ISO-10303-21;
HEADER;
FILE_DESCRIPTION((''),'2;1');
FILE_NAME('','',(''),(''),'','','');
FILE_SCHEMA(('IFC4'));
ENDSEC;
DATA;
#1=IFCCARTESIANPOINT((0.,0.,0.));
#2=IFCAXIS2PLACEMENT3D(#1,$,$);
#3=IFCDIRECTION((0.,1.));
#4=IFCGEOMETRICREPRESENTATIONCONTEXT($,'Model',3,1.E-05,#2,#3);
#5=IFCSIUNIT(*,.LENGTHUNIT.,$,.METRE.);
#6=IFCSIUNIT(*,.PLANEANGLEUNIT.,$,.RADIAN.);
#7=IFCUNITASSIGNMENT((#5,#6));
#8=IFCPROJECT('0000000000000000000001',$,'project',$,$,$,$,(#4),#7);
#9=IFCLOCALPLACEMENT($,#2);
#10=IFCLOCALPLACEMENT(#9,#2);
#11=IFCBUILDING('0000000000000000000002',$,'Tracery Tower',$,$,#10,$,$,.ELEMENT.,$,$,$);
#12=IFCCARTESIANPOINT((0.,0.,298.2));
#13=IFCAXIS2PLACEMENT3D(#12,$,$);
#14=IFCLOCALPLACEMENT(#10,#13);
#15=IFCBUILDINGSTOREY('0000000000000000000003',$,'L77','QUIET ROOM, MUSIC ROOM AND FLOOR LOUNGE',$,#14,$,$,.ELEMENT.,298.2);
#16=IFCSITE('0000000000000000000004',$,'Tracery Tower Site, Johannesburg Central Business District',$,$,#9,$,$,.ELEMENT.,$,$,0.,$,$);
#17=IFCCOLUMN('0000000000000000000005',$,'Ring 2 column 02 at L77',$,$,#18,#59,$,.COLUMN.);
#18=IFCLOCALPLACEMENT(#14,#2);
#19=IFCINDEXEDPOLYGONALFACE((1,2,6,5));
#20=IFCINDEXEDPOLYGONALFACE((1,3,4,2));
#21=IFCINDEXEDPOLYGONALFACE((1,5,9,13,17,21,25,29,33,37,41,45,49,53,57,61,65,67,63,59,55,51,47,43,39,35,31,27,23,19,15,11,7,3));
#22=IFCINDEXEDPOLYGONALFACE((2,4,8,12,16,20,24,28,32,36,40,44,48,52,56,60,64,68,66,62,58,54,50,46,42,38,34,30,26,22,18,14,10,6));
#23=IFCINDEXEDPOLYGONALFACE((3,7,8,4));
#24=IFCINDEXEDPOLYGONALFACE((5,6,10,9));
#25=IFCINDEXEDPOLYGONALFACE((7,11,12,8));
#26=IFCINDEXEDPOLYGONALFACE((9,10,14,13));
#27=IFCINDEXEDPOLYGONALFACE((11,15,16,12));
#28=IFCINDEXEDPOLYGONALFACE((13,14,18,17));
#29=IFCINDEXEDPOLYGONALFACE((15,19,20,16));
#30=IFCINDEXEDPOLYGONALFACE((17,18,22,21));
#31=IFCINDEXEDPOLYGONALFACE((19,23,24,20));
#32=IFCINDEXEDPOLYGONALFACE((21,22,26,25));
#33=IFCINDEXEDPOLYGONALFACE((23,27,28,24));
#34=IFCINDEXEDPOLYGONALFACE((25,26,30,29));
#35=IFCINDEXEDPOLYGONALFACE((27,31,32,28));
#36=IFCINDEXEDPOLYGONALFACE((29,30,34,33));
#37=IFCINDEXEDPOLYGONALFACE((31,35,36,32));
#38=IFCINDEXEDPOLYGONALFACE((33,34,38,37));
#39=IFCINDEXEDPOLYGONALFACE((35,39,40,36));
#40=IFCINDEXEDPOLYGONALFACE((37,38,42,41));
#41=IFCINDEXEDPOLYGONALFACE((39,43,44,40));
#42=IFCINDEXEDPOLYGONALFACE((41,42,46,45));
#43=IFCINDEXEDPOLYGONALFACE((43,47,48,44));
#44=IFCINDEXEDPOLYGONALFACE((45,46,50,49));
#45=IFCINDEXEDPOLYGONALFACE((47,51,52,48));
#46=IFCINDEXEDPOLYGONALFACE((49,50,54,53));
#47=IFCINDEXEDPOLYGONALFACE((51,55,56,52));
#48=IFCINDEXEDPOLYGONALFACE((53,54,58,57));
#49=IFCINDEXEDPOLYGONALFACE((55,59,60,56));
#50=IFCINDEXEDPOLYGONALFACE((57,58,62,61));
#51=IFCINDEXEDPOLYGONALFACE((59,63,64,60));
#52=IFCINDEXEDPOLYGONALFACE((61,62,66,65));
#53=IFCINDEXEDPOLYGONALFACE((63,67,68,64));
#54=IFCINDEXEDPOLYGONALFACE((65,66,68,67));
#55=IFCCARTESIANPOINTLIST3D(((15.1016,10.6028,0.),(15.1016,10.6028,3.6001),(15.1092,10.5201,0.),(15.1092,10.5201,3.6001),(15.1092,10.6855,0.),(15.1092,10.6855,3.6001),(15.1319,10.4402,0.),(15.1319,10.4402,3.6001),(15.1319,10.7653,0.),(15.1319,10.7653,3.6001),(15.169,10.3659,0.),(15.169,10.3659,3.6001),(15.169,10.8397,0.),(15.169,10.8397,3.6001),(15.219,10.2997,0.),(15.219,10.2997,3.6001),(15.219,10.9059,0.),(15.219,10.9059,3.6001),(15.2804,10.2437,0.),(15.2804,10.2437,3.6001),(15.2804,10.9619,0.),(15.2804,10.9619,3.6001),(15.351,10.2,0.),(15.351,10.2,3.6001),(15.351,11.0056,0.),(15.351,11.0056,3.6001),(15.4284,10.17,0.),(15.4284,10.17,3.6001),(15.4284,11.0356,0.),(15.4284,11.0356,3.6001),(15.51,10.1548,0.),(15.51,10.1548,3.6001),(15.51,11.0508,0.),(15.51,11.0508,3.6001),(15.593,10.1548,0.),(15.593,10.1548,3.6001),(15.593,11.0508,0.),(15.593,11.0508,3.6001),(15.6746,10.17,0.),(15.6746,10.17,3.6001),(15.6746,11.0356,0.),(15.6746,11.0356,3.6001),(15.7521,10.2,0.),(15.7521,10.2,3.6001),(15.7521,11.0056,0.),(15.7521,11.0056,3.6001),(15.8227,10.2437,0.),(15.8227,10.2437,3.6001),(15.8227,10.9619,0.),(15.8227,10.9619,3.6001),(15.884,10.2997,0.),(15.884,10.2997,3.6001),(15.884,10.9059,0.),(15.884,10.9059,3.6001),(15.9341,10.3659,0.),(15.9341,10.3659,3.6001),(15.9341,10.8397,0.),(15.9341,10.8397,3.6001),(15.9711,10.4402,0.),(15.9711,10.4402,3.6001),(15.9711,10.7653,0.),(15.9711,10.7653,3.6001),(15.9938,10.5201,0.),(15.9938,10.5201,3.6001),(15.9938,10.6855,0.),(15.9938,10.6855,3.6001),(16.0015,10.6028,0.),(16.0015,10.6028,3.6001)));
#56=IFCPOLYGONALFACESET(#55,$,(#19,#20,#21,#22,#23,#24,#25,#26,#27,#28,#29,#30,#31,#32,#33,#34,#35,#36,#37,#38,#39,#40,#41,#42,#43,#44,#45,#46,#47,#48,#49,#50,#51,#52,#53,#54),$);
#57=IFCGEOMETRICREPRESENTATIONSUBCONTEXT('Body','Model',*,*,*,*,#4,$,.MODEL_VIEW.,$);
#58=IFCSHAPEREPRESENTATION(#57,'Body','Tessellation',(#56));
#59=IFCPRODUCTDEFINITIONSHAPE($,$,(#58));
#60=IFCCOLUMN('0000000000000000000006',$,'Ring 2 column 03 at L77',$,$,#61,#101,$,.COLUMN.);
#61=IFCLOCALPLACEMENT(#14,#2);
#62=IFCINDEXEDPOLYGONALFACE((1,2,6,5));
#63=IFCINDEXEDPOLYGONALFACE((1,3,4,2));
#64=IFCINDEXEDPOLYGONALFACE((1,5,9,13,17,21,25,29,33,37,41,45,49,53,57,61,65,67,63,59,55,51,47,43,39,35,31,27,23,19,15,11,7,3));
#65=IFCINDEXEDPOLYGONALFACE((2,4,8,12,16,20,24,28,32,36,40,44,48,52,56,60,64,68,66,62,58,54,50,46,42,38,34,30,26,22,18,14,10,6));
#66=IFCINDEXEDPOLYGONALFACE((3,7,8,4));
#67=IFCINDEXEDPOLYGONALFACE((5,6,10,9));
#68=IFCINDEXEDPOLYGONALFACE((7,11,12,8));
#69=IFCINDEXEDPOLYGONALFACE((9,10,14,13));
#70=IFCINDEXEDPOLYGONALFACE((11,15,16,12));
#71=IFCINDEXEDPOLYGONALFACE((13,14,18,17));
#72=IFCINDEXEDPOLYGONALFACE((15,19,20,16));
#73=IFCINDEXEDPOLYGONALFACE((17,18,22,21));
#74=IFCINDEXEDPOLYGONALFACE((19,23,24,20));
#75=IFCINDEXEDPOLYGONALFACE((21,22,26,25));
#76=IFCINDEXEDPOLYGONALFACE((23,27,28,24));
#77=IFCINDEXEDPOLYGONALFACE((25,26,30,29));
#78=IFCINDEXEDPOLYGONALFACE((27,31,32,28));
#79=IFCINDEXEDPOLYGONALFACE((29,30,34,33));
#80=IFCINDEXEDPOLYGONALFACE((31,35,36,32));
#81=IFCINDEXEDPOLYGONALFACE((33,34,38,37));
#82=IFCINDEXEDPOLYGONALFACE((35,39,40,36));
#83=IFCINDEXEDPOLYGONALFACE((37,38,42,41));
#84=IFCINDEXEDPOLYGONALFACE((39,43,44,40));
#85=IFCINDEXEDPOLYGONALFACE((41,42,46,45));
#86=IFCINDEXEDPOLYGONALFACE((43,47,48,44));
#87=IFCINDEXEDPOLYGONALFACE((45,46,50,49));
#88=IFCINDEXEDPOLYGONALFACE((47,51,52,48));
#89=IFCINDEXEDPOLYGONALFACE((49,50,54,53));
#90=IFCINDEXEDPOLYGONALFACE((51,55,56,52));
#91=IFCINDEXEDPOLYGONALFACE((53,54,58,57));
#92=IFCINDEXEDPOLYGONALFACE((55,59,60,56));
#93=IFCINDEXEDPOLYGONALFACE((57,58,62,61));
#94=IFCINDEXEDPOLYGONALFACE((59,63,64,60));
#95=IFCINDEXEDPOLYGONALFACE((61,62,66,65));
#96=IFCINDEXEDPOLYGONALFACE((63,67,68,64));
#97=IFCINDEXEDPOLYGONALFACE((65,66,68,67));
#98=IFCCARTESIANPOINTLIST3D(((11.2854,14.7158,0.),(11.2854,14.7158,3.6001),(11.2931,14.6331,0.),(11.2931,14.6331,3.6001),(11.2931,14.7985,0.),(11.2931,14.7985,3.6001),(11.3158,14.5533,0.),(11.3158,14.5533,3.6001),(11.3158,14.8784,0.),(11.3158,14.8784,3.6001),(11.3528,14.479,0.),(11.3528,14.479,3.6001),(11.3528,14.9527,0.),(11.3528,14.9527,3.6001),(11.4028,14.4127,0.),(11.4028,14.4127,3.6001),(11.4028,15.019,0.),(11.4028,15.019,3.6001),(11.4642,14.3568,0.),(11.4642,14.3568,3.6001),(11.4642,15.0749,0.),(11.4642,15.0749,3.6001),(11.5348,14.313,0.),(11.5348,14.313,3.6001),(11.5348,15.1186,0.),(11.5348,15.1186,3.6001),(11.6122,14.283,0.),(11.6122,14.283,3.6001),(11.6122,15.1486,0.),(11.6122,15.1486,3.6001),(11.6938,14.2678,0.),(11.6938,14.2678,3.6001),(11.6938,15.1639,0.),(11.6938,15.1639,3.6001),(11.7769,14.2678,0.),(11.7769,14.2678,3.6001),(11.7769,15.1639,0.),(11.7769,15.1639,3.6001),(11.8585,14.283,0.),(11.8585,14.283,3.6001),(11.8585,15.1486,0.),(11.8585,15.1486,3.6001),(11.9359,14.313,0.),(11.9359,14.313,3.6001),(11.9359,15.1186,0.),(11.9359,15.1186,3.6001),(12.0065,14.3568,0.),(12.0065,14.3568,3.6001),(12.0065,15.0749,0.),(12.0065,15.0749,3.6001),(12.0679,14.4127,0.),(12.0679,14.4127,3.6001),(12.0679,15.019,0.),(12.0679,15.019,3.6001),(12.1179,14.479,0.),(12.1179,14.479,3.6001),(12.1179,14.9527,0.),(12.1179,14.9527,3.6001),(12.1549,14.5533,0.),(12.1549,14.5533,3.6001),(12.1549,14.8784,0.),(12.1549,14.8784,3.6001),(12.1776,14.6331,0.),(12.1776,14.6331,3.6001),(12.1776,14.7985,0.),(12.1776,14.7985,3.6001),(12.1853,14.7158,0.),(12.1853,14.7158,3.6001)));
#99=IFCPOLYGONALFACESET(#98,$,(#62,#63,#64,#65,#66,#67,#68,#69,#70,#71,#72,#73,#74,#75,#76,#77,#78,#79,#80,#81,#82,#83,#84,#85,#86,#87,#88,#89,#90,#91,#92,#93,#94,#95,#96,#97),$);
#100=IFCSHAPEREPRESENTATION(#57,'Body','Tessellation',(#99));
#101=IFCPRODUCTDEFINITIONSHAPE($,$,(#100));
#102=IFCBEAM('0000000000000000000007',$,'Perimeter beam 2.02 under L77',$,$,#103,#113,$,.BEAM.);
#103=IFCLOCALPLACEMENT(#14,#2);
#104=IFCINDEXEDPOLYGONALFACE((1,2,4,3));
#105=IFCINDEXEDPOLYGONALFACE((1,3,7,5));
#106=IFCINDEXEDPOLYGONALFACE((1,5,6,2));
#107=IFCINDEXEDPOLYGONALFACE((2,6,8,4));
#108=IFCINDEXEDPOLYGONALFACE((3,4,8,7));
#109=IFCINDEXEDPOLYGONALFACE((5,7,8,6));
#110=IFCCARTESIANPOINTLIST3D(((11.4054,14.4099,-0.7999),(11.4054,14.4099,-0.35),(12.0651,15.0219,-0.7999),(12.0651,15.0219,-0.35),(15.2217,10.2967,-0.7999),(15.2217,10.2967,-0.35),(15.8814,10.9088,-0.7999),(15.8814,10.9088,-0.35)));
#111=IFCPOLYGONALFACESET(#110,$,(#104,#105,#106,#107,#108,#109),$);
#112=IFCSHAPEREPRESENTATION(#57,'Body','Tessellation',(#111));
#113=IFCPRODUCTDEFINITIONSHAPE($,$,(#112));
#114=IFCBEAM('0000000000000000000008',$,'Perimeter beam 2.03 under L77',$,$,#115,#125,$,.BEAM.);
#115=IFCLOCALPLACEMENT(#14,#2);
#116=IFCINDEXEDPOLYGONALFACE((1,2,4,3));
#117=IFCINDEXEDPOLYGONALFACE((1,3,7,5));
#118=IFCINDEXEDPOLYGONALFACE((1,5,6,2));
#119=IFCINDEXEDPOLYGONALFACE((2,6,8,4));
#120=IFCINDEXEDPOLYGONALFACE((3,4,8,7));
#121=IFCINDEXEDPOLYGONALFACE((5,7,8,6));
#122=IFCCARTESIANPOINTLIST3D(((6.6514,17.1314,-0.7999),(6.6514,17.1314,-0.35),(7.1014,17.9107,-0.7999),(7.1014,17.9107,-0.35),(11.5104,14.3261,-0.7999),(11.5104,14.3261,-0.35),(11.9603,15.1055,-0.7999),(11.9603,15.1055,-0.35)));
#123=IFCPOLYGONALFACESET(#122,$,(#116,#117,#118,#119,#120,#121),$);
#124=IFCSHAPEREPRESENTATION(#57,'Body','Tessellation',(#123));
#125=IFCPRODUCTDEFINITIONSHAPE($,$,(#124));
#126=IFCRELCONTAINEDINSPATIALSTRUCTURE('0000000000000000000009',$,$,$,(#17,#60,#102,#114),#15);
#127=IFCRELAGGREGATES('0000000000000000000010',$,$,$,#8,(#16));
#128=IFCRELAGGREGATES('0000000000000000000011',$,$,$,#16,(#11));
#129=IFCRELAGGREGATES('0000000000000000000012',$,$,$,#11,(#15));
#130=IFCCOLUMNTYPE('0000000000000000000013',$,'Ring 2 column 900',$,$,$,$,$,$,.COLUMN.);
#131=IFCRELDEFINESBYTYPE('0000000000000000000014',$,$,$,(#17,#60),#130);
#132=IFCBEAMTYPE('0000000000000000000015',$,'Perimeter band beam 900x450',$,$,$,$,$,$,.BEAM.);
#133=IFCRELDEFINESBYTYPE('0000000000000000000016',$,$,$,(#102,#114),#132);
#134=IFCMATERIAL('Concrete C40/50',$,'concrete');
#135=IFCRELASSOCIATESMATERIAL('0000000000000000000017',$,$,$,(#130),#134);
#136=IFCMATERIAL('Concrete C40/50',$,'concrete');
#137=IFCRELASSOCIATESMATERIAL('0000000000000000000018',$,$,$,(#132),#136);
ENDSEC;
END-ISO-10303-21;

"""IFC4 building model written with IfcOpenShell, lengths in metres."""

from ifc_helpers import new_model, si_unit, direction, frame, origin, origin_2d, place, context, subcontext, project, spatial, rectangle, circle, extrude, material, material_profile, profile_set, type_object, element, save


model = new_model("IFC4")

# Units and contexts
model_context = context("Model", 3, precision=1e-05, world=origin(), true_north=direction((0.0, 1.0)))
body_context = subcontext(model_context, "Body", "Model", "MODEL_VIEW")
ifc_project = project(units=[si_unit("LENGTHUNIT", "METRE"), si_unit("PLANEANGLEUNIT", "RADIAN")], contexts=[model_context])

# Site, building, storey
site_placement = place(None, origin())
site = spatial("IfcSite", under=ifc_project, at=site_placement, Name="Tracery Tower Site, Johannesburg Central Business District", CompositionType="ELEMENT", RefElevation=0.0)
building_placement = place(site_placement, origin())
building = spatial("IfcBuilding", under=site, at=building_placement, Name="Tracery Tower", CompositionType="ELEMENT")
storey_placement = place(building_placement, frame((0.0, 0.0, 298.2)))
storey = spatial("IfcBuildingStorey", under=building, at=storey_placement, Name="L77", Description="QUIET ROOM, MUSIC ROOM AND FLOOR LOUNGE", CompositionType="ELEMENT", Elevation=298.2)

# Columns
ifc_material_1 = material(Name="Concrete C40/50", Category="concrete")
ifc_material_profile_1 = material_profile(ifc_material_1, circle(Radius=0.45, at=origin_2d()), Name="RC D900")
ifc_profile_set_1 = profile_set([ifc_material_profile_1], Name="Concrete C40/50")
column_type = type_object("IfcColumnType", Name="Ring 2 column 900", PredefinedType="COLUMN", material=ifc_profile_set_1)
for number, where, z_axis, x_axis, name in (
    (1, (15.5515, 10.6028, 0.0), (0.0, 0.0, 1.0), (1.0, 0.0, 0.0), "Ring 2 column 02 at L77"),
    (2, (11.7354, 14.7158, 0.0), (0.0, 0.0, 1.0), (1.0, 0.0, 0.0), "Ring 2 column 03 at L77"),
):
    element("IfcColumn", number, at=place(storey_placement, frame(where, z_axis=z_axis, x_axis=x_axis)), inside=storey, type_object=column_type, Name=name, PredefinedType="COLUMN", context=body_context, shape_type="SweptSolid", body=[
        extrude(circle(Radius=0.45, at=origin_2d()), origin(), (0.0, 0.0, 1.0), 3.6001),
    ])

# Beams
ifc_material_2 = material(Name="Concrete C40/50", Category="concrete")
ifc_material_profile_2 = material_profile(ifc_material_2, rectangle(XDim=0.8999, YDim=0.45, at=origin_2d()), Name="RC 900x450")
ifc_profile_set_2 = profile_set([ifc_material_profile_2], Name="Concrete C40/50")
beam_type = type_object("IfcBeamType", Name="Perimeter band beam 900x450", PredefinedType="BEAM", material=ifc_profile_set_2)
beam_1_placement = place(storey_placement, frame((15.5515, 10.6028, -0.575), z_axis=(-0.680156, 0.733068, 0.0), x_axis=(-0.733068, -0.680156, 0.0)))
element("IfcBeam", 3, at=beam_1_placement, inside=storey, type_object=beam_type, Name="Perimeter beam 2.02 under L77", PredefinedType="BEAM", context=body_context, shape_type="SweptSolid", body=[
    extrude(rectangle(XDim=0.8999, YDim=0.45, at=origin_2d()), origin(), (0.0, 0.0, 1.0), 5.6108),
])
beam_2_placement = place(storey_placement, frame((11.7354, 14.7158, -0.575), z_axis=(-0.866033, 0.499986, 0.0), x_axis=(-0.499986, -0.866033, 0.0)))
element("IfcBeam", 4, at=beam_2_placement, inside=storey, type_object=beam_type, Name="Perimeter beam 2.03 under L77", PredefinedType="BEAM", context=body_context, shape_type="SweptSolid", body=[
    extrude(rectangle(XDim=0.8999, YDim=0.45, at=origin_2d()), origin(), (0.0, 0.0, 1.0), 5.6106),
])

save(model, "model.ifc")
